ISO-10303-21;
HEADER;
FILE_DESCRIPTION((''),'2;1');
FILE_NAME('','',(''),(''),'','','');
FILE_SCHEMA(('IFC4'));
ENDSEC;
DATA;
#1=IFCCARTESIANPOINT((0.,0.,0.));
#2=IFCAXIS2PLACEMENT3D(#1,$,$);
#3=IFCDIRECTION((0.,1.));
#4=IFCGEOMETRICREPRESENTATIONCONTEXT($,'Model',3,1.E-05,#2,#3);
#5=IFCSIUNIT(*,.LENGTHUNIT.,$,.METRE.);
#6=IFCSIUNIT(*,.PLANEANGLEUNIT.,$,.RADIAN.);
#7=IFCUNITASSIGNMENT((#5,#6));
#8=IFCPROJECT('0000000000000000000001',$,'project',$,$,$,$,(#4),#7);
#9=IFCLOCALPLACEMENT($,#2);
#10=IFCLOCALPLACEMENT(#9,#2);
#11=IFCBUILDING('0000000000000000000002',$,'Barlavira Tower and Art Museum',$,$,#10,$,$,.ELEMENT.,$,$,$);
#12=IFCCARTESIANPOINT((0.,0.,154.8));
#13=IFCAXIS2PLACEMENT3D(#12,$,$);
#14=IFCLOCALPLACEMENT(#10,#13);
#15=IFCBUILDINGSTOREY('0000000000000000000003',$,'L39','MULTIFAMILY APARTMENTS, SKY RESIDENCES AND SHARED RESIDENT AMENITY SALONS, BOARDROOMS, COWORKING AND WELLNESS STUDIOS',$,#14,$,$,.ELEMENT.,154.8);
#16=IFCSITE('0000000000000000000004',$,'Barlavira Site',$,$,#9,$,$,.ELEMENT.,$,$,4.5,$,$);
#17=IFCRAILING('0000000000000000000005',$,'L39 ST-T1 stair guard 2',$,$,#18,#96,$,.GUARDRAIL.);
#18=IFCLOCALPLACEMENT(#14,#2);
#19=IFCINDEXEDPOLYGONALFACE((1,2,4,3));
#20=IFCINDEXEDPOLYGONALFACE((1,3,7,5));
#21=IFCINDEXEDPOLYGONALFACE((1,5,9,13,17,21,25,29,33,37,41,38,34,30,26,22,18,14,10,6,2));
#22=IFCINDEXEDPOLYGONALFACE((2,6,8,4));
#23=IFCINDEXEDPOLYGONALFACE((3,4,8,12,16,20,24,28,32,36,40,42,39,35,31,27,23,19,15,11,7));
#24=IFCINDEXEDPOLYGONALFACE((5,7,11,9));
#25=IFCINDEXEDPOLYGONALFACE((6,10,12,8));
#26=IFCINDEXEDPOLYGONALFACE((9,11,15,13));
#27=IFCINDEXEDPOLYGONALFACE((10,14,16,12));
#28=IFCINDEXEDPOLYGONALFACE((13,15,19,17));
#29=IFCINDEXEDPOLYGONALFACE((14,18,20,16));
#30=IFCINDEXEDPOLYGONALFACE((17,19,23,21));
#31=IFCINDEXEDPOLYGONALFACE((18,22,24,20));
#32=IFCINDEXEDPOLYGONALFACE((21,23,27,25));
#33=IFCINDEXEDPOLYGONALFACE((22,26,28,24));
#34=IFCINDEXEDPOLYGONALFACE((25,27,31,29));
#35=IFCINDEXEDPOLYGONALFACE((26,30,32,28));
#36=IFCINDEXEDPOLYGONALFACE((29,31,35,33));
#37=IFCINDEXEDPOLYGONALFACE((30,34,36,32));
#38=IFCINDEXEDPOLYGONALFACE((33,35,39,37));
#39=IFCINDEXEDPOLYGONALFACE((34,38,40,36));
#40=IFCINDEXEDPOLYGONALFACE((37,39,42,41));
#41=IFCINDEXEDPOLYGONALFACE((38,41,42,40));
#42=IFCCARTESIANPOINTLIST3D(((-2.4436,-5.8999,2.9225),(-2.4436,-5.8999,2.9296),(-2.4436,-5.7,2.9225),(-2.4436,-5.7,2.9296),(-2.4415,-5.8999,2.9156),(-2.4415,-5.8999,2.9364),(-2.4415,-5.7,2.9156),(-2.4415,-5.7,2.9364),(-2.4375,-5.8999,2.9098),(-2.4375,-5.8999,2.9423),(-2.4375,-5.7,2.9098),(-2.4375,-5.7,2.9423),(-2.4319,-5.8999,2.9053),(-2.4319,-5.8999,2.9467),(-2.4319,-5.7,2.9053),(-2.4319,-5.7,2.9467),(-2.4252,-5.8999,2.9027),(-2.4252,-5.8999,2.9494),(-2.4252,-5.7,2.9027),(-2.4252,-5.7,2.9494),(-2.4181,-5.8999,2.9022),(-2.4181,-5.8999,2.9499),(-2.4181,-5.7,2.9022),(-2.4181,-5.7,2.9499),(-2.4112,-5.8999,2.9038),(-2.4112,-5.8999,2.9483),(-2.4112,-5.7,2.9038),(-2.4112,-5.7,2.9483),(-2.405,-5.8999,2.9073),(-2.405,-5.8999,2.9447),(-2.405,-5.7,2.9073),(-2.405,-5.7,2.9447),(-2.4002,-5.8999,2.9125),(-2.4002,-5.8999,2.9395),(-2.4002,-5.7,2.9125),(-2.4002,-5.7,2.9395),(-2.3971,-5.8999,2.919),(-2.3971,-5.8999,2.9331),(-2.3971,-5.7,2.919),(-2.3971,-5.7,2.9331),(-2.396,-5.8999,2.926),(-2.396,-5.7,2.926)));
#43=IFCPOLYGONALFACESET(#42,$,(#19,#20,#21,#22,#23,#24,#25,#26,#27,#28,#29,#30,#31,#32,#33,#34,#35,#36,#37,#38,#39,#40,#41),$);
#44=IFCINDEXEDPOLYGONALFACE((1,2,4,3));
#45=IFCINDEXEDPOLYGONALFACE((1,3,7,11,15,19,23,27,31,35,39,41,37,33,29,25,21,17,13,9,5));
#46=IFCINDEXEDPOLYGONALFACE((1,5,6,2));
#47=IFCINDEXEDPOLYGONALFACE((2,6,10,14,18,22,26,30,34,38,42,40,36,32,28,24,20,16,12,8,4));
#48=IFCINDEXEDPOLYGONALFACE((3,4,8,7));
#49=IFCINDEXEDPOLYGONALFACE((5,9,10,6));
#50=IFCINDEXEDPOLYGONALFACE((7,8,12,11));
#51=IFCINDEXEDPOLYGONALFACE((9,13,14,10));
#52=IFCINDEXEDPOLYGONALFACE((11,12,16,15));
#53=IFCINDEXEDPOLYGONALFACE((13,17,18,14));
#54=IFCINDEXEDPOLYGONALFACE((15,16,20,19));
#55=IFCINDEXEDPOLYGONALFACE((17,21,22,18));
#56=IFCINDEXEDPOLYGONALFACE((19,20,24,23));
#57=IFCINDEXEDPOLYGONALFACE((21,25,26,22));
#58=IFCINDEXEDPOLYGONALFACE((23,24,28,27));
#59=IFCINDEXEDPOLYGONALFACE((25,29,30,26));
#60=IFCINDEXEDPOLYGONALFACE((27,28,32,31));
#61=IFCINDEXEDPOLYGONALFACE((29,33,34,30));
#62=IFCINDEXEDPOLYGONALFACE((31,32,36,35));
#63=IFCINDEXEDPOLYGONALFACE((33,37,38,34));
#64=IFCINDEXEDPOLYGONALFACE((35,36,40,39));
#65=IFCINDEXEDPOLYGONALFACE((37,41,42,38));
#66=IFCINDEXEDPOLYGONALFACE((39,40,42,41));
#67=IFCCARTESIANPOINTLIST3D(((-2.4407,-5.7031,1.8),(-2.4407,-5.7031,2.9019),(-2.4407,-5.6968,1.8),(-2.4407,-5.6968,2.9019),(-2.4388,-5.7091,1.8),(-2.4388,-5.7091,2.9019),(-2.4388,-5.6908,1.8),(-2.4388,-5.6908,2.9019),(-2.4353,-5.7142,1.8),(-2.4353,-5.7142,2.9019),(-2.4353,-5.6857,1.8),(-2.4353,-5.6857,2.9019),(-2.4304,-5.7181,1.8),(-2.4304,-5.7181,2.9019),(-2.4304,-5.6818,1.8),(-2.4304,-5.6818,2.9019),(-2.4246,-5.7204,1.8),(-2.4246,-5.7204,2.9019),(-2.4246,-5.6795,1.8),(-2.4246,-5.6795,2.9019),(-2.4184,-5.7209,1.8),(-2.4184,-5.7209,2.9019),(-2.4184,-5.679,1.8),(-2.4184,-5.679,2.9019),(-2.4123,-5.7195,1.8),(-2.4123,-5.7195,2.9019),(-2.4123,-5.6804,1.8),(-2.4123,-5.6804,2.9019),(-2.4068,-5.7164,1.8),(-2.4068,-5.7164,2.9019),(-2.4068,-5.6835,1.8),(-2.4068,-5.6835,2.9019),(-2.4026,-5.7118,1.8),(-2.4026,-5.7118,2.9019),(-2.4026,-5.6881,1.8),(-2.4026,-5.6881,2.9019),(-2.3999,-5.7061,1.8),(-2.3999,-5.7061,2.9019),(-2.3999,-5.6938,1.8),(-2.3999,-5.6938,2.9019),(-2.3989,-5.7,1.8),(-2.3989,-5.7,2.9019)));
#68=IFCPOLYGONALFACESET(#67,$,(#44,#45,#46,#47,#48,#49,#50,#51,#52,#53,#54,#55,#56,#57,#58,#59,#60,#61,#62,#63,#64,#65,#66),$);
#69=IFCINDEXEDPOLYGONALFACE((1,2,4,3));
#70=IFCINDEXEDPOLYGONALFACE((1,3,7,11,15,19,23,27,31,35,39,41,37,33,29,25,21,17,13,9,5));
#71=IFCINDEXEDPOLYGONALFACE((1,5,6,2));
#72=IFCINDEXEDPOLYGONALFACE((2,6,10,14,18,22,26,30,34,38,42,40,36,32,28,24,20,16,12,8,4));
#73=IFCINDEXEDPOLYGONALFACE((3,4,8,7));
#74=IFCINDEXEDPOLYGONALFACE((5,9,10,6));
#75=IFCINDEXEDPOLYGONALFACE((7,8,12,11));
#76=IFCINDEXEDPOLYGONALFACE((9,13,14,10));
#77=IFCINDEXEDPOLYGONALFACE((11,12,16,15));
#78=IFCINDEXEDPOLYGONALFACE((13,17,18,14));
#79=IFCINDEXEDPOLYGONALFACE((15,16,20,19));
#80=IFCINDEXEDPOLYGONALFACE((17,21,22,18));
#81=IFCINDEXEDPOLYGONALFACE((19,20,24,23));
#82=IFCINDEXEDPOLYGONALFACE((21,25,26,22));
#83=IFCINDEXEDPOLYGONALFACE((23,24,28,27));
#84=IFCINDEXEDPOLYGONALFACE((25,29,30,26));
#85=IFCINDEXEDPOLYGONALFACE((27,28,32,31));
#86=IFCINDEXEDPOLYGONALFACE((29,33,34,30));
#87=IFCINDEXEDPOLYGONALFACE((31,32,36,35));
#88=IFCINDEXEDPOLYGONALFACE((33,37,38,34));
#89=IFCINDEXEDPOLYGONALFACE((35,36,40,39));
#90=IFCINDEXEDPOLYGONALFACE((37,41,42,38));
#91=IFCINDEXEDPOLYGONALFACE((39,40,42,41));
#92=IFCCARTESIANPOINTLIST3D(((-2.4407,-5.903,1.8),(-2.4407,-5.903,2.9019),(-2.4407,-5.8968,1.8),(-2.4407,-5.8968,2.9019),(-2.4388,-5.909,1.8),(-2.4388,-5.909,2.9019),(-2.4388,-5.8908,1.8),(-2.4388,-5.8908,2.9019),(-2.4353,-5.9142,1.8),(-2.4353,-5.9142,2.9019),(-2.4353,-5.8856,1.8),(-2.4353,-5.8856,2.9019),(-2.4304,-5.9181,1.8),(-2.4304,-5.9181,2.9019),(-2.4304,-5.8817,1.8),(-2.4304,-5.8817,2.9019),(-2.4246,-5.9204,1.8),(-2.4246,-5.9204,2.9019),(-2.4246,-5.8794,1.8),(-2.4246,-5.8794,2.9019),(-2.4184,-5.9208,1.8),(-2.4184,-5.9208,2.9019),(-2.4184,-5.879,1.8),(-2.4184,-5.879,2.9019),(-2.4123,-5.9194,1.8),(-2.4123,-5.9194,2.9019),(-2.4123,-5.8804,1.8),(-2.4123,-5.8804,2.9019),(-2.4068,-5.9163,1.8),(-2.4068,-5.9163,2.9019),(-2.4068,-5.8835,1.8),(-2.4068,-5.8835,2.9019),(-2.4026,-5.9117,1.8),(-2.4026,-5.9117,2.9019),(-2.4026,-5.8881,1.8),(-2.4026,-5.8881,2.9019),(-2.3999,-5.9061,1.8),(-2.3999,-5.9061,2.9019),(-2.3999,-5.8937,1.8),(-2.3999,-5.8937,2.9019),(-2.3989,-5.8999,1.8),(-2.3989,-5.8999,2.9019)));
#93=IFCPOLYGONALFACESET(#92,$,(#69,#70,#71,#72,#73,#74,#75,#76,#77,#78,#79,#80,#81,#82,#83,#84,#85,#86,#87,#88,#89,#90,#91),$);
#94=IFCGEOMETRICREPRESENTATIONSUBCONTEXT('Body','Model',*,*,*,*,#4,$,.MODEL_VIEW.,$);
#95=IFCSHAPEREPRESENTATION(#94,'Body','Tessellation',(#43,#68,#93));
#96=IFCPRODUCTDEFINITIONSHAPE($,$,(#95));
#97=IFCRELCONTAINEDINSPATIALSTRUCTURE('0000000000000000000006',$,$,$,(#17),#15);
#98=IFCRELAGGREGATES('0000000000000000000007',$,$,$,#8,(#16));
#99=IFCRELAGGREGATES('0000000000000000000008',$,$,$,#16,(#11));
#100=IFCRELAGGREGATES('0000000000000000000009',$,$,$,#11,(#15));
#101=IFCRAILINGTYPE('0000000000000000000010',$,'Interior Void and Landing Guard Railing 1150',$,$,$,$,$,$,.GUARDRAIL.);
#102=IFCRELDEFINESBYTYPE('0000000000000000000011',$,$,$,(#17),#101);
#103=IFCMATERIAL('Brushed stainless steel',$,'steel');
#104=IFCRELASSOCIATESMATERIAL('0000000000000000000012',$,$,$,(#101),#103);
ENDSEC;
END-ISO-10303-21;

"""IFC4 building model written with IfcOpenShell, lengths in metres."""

from ifc_helpers import new_model, si_unit, direction, frame, origin, origin_2d, place, context, subcontext, project, spatial, circle, extrude, material, type_object, element, save


model = new_model("IFC4")

# Units and contexts
model_context = context("Model", 3, precision=1e-05, world=origin(), true_north=direction((0.0, 1.0)))
body_context = subcontext(model_context, "Body", "Model", "MODEL_VIEW")
ifc_project = project(units=[si_unit("LENGTHUNIT", "METRE"), si_unit("PLANEANGLEUNIT", "RADIAN")], contexts=[model_context])

# Site, building, storey
site_placement = place(None, origin())
site = spatial("IfcSite", under=ifc_project, at=site_placement, Name="Barlavira Site", CompositionType="ELEMENT", RefElevation=4.5)
building_placement = place(site_placement, origin())
building = spatial("IfcBuilding", under=site, at=building_placement, Name="Barlavira Tower and Art Museum", CompositionType="ELEMENT")
storey_placement = place(building_placement, frame((0.0, 0.0, 154.8)))
storey = spatial("IfcBuildingStorey", under=building, at=storey_placement, Name="L39", Description="MULTIFAMILY APARTMENTS, SKY RESIDENCES AND SHARED RESIDENT AMENITY SALONS, BOARDROOMS, COWORKING AND WELLNESS STUDIOS", CompositionType="ELEMENT", Elevation=154.8)

# Shared definitions
ifc_material_1 = material(Name="Brushed stainless steel", Category="steel")

# Railing
railing_type_1 = type_object("IfcRailingType", Name="Interior Void and Landing Guard Railing 1150", PredefinedType="GUARDRAIL", material=ifc_material_1)
railing_1_placement = place(storey_placement, frame((-2.4199, -5.7, 1.8)))
element("IfcRailing", 1, at=railing_1_placement, inside=storey, type_object=railing_type_1, Name="L39 ST-T1 stair guard 2", PredefinedType="GUARDRAIL", context=body_context, shape_type="SweptSolid", body=[
    extrude(circle(Radius=0.0239, at=origin_2d()), frame((0.0, 0.0, 1.126), z_axis=(0.0, -1.0, 0.0), x_axis=(1.0, 0.0, 0.0)), (0.0, 0.0, 1.0), 0.2),
    extrude(circle(Radius=0.021, at=origin_2d()), origin(), (0.0, 0.0, 1.0), 1.1018),
    extrude(circle(Radius=0.021, at=origin_2d()), frame((0.0, -0.2, 0.0)), (0.0, 0.0, 1.0), 1.1018),
])

save(model, "model.ifc")
